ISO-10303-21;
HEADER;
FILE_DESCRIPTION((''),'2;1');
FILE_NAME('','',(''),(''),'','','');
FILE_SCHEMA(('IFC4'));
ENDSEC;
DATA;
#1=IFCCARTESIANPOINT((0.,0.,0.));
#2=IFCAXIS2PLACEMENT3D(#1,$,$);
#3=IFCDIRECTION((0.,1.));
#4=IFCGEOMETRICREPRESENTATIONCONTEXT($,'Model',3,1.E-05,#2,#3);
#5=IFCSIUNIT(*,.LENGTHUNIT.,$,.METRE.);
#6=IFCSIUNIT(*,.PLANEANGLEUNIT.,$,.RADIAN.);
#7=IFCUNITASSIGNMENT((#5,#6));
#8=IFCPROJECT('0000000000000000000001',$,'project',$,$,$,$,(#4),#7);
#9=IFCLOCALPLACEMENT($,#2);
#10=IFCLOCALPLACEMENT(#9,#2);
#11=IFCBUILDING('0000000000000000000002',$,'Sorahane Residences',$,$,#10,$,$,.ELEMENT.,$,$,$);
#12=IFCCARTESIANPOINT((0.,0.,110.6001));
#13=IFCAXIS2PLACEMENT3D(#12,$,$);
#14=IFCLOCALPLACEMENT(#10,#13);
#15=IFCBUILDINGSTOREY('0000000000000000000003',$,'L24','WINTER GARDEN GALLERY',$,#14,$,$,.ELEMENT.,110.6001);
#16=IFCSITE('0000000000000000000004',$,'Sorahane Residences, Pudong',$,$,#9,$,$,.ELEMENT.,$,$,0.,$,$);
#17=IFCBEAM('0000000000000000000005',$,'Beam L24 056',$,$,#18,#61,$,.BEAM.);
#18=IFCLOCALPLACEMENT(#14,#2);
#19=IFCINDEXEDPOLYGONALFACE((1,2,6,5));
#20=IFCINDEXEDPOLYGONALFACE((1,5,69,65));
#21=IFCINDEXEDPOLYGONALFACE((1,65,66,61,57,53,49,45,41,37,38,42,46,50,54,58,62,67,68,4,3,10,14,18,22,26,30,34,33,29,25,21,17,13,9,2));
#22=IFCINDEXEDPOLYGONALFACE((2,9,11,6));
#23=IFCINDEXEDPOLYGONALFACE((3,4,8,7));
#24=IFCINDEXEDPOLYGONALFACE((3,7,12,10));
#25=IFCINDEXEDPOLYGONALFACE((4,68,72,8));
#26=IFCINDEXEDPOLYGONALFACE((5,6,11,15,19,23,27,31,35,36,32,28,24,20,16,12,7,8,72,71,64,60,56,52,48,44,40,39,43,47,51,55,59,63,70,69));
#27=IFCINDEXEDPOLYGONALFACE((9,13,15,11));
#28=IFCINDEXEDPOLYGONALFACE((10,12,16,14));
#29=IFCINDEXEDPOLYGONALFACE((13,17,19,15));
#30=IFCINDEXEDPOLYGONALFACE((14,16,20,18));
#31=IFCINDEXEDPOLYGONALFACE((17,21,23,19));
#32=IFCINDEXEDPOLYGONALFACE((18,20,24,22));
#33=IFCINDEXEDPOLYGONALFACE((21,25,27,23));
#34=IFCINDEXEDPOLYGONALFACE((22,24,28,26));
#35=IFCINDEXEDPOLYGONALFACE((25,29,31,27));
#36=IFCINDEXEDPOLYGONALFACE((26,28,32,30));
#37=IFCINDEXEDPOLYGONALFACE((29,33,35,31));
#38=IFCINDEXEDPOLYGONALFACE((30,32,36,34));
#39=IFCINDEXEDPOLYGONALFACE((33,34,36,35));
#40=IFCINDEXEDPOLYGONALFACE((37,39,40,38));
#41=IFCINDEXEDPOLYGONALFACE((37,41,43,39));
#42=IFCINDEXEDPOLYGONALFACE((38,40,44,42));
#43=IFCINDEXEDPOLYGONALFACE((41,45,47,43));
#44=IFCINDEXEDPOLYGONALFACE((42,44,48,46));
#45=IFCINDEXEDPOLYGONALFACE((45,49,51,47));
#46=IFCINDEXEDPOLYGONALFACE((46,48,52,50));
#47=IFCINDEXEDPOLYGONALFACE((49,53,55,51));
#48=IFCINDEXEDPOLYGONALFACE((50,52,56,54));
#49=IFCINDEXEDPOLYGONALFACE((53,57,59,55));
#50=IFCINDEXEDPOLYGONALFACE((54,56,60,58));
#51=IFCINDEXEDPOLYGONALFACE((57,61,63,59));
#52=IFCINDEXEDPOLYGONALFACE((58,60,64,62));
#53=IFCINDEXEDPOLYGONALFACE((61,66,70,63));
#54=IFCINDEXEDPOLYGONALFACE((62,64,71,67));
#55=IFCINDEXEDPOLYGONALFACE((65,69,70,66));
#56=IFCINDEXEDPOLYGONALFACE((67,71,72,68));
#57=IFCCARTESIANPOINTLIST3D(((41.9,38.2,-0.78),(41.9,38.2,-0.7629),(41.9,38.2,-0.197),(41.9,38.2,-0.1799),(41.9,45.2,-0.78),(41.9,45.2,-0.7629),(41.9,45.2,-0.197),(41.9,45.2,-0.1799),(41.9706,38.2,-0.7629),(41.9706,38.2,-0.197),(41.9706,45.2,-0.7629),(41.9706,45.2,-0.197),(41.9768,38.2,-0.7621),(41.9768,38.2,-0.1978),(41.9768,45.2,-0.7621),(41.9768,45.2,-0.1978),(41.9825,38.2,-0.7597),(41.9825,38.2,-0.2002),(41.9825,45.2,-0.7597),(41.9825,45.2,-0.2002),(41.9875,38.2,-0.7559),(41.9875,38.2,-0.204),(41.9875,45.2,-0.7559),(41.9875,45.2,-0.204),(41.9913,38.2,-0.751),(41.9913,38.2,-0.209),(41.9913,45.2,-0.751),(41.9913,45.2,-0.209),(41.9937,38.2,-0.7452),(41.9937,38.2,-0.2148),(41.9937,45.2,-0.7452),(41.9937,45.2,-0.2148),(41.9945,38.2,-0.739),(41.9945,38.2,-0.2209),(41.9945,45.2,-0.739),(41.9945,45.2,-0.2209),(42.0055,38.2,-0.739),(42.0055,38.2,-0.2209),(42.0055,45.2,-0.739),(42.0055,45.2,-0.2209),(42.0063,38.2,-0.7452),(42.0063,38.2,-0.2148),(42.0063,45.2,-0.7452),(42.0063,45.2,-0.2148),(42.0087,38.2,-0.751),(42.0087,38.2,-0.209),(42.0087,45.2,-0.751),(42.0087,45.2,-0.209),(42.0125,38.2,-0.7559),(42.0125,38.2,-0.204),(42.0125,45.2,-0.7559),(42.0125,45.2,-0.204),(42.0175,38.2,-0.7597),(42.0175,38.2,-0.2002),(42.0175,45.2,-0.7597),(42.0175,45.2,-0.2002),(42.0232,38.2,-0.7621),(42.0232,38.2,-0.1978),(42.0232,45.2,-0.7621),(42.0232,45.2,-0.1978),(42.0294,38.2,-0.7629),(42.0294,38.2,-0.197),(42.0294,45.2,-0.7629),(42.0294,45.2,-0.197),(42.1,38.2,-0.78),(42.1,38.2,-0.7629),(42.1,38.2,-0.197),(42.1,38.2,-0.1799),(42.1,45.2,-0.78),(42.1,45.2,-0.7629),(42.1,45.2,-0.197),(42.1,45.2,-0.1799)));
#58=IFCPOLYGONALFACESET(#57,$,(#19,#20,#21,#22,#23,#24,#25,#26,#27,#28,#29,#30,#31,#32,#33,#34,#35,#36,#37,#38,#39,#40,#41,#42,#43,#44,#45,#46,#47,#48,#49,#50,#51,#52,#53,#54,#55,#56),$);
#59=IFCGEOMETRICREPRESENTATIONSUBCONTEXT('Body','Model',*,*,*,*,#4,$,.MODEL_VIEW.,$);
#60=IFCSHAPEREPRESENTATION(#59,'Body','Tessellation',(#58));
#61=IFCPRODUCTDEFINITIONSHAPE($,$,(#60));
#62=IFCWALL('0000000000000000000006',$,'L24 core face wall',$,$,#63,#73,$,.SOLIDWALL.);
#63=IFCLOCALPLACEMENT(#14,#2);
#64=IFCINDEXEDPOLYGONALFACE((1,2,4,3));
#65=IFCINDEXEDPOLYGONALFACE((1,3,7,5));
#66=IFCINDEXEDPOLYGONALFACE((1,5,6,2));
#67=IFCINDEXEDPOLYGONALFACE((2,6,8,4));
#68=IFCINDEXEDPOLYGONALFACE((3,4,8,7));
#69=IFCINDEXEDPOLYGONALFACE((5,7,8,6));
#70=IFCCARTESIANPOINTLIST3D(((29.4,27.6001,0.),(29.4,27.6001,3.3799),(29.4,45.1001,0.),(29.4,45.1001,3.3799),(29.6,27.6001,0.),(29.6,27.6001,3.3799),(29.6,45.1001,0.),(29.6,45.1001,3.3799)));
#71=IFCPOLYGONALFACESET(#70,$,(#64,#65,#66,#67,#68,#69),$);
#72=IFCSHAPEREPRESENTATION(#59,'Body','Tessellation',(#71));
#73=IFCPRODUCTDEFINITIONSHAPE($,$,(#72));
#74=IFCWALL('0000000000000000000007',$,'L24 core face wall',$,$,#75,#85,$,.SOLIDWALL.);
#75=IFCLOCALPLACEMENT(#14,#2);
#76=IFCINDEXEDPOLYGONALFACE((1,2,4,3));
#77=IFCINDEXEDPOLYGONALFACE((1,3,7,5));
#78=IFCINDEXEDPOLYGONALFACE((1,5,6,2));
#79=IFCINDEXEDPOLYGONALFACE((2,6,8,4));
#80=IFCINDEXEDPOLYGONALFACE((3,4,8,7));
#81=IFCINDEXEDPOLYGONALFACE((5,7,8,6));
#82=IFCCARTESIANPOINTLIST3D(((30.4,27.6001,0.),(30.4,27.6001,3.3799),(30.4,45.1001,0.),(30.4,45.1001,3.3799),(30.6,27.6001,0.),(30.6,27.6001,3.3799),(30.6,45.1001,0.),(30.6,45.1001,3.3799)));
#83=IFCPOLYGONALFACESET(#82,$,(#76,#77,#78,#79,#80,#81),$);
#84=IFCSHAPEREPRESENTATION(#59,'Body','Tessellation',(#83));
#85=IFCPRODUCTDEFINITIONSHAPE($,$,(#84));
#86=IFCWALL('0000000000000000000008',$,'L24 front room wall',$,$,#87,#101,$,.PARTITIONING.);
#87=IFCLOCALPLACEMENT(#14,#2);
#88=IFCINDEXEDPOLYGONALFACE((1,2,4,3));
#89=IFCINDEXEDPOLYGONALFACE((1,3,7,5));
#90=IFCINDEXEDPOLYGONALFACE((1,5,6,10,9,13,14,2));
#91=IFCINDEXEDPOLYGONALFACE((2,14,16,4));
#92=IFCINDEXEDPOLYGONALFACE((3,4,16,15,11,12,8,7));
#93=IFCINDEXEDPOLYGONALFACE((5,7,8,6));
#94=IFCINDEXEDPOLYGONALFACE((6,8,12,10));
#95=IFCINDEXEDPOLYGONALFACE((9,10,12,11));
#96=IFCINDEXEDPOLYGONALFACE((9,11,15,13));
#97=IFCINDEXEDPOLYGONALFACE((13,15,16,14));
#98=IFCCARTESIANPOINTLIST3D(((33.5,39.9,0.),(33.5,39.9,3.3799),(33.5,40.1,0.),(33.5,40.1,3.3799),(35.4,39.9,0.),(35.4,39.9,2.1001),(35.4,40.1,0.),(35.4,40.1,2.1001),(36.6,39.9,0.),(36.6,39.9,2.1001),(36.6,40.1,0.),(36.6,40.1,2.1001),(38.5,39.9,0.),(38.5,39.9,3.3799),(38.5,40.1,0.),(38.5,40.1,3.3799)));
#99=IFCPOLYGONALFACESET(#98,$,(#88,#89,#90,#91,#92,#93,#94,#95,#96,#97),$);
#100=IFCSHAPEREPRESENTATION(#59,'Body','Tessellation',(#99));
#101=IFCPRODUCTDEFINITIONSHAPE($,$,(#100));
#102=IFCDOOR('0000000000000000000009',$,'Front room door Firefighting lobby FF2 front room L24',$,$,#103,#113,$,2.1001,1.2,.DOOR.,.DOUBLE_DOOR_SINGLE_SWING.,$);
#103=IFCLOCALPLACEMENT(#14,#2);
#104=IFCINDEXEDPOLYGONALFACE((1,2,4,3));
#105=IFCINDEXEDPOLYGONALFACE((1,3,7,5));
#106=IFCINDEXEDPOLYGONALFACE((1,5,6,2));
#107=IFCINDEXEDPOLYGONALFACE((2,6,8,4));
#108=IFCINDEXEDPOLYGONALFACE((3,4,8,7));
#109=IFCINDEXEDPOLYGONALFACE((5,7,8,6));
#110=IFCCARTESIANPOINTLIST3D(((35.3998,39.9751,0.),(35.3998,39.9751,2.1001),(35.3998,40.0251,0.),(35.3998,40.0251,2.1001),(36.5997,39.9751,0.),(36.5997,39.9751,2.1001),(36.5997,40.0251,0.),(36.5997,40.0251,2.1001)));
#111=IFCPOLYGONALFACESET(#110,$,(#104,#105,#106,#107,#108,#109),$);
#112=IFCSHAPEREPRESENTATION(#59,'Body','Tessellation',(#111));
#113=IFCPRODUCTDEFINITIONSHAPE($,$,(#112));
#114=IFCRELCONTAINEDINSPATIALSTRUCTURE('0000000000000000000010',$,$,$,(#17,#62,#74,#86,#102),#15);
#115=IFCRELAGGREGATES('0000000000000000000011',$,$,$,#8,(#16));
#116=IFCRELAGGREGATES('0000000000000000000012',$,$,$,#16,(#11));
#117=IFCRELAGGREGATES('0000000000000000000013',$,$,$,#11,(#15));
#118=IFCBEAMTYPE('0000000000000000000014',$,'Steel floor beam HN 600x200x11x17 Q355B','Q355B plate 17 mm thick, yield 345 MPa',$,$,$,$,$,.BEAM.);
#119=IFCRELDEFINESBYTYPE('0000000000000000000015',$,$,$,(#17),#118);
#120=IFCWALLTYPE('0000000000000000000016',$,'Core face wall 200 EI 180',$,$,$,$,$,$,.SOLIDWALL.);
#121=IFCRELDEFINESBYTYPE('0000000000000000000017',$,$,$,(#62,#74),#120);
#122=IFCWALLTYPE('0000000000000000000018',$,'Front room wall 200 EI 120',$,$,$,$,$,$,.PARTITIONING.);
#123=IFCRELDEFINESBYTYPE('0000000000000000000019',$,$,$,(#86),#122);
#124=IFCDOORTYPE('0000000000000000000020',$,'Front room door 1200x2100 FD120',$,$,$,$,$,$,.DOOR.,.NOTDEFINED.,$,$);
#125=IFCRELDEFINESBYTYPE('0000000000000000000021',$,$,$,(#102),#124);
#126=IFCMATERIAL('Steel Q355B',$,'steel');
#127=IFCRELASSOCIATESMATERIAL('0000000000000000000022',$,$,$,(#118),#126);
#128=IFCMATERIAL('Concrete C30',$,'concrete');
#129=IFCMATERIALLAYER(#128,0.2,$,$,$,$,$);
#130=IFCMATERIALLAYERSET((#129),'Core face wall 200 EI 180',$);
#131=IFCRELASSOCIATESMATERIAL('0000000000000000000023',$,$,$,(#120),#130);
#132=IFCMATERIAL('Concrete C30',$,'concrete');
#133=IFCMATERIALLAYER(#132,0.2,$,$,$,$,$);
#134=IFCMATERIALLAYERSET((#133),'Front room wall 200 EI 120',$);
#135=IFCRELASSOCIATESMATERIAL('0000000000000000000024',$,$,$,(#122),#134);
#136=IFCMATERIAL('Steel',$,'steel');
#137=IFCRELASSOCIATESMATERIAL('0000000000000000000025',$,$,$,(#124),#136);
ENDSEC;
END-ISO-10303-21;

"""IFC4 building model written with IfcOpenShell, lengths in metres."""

from ifc_helpers import new_model, si_unit, direction, frame, frame_2d, origin, origin_2d, place, context, subcontext, project, spatial, rectangle, i_section, extrude, material, layer, layer_set, material_profile, profile_set, type_object, element, fill, save


model = new_model("IFC4")

# Units and contexts
model_context = context("Model", 3, precision=1e-05, world=origin(), true_north=direction((0.0, 1.0)))
body_context = subcontext(model_context, "Body", "Model", "MODEL_VIEW")
ifc_project = project(units=[si_unit("LENGTHUNIT", "METRE"), si_unit("PLANEANGLEUNIT", "RADIAN")], contexts=[model_context])

# Site, building, storey
site_placement = place(None, origin())
site = spatial("IfcSite", under=ifc_project, at=site_placement, Name="Sorahane Residences, Pudong", CompositionType="ELEMENT", RefElevation=0.0)
building_placement = place(site_placement, origin())
building = spatial("IfcBuilding", under=site, at=building_placement, Name="Sorahane Residences", CompositionType="ELEMENT")
storey_placement = place(building_placement, frame((0.0, 0.0, 110.6001)))
storey = spatial("IfcBuildingStorey", under=building, at=storey_placement, Name="L24", Description="WINTER GARDEN GALLERY", CompositionType="ELEMENT", Elevation=110.6001)

# Beam
ifc_material_1 = material(Name="Steel Q355B", Category="steel")
ifc_material_profile_1 = material_profile(ifc_material_1, i_section(OverallWidth=0.2, OverallDepth=0.6001, WebThickness=0.011, FlangeThickness=0.0171, FilletRadius=0.0239, at=origin_2d()), Name="HN 600x200x11x17")
ifc_profile_set_1 = profile_set([ifc_material_profile_1], Name="Steel Q355B")
beam_type_1 = type_object("IfcBeamType", Name="Steel floor beam HN 600x200x11x17 Q355B", Description="Q355B plate 17 mm thick, yield 345 MPa", PredefinedType="BEAM", material=ifc_profile_set_1)
for number, where, z_axis, x_axis, name in (
    (1, (42.0, 38.2, -0.48), (0.0, 1.0, 0.0), (-1.0, 0.0, 0.0), "Beam L24 056"),
):
    element("IfcBeam", number, at=place(storey_placement, frame(where, z_axis=z_axis, x_axis=x_axis)), inside=storey, type_object=beam_type_1, Name=name, PredefinedType="BEAM", context=body_context, shape_type="SweptSolid", body=[
        extrude(i_section(OverallWidth=0.2, OverallDepth=0.6001, WebThickness=0.011, FlangeThickness=0.0171, FilletRadius=0.0239, at=origin_2d()), origin(), (0.0, 0.0, 1.0), 7.0),
    ])

# Walls
ifc_material_2 = material(Name="Concrete C30", Category="concrete")
ifc_layer_1 = layer(ifc_material_2, 0.2)
ifc_layer_set_1 = layer_set([ifc_layer_1], Name="Core face wall 200 EI 180")
wall_type_1 = type_object("IfcWallType", Name="Core face wall 200 EI 180", PredefinedType="SOLIDWALL", material=ifc_layer_set_1)
for number, where, z_axis, x_axis, name in (
    (2, (29.5, 27.6001, 0.0), (0.0, 0.0, 1.0), (0.0, 1.0, 0.0), "L24 core face wall"),
    (3, (30.5, 27.6001, 0.0), (0.0, 0.0, 1.0), (0.0, 1.0, 0.0), "L24 core face wall"),
):
    element("IfcWall", number, at=place(storey_placement, frame(where, z_axis=z_axis, x_axis=x_axis)), inside=storey, type_object=wall_type_1, Name=name, PredefinedType="SOLIDWALL", context=body_context, shape_type="SweptSolid", body=[
        extrude(rectangle(XDim=17.5, YDim=0.2, at=frame_2d((8.75, 0.0))), origin(), (0.0, 0.0, 1.0), 3.3799),
    ])

# Wall, opening, door
ifc_material_3 = material(Name="Concrete C30", Category="concrete")
ifc_layer_2 = layer(ifc_material_3, 0.2)
ifc_layer_set_2 = layer_set([ifc_layer_2], Name="Front room wall 200 EI 120")
wall_type_2 = type_object("IfcWallType", Name="Front room wall 200 EI 120", PredefinedType="PARTITIONING", material=ifc_layer_set_2)
wall_1_placement = place(storey_placement, frame((33.5, 40.0, 0.0), z_axis=(0.0, 0.0, 1.0), x_axis=(1.0, 0.0, 0.0)))
wall_1 = element("IfcWall", 4, at=wall_1_placement, inside=storey, type_object=wall_type_2, Name="L24 front room wall", PredefinedType="PARTITIONING", context=body_context, shape_type="SweptSolid", body=[
    extrude(rectangle(XDim=5.0, YDim=0.2, at=frame_2d((2.5, 0.0))), origin(), (0.0, 0.0, 1.0), 3.3799),
])
opening_1_placement = place(wall_1_placement, frame((1.8999, 0.0, 0.0)))
opening_1 = element("IfcOpeningElement", 5, at=opening_1_placement, cuts=wall_1, PredefinedType="OPENING", context=body_context, shape_type="SweptSolid", body=[
    extrude(rectangle(XDim=1.2, YDim=2.1001, at=frame_2d((0.6001, 1.05))), frame((0.0, 0.1099, 0.0), z_axis=(0.0, -1.0, 0.0), x_axis=(1.0, 0.0, 0.0)), (0.0, 0.0, 1.0), 0.22),
])
ifc_material_4 = material(Name="Steel", Category="steel")
door_type_1 = type_object("IfcDoorType", Name="Front room door 1200x2100 FD120", OperationType="NOTDEFINED", PredefinedType="DOOR", material=ifc_material_4)
door_1_placement = place(opening_1_placement, frame((1.2, 0.0, 0.0), z_axis=(0.0, 0.0, 1.0), x_axis=(-1.0, 0.0, 0.0)))
door_1 = element("IfcDoor", 6, at=door_1_placement, inside=storey, type_object=door_type_1, Name="Front room door Firefighting lobby FF2 front room L24", OperationType="DOUBLE_DOOR_SINGLE_SWING", OverallHeight=2.1001, OverallWidth=1.2, PredefinedType="DOOR", context=body_context, shape_type="SweptSolid", body=[
    extrude(rectangle(XDim=1.2, YDim=2.1001, at=frame_2d((0.6001, 1.05))), frame((0.0, 0.0249, 0.0), z_axis=(0.0, -1.0, 0.0), x_axis=(1.0, 0.0, 0.0)), (0.0, 0.0, 1.0), 0.05),
])
fill(opening_1, door_1)

save(model, "model.ifc")
